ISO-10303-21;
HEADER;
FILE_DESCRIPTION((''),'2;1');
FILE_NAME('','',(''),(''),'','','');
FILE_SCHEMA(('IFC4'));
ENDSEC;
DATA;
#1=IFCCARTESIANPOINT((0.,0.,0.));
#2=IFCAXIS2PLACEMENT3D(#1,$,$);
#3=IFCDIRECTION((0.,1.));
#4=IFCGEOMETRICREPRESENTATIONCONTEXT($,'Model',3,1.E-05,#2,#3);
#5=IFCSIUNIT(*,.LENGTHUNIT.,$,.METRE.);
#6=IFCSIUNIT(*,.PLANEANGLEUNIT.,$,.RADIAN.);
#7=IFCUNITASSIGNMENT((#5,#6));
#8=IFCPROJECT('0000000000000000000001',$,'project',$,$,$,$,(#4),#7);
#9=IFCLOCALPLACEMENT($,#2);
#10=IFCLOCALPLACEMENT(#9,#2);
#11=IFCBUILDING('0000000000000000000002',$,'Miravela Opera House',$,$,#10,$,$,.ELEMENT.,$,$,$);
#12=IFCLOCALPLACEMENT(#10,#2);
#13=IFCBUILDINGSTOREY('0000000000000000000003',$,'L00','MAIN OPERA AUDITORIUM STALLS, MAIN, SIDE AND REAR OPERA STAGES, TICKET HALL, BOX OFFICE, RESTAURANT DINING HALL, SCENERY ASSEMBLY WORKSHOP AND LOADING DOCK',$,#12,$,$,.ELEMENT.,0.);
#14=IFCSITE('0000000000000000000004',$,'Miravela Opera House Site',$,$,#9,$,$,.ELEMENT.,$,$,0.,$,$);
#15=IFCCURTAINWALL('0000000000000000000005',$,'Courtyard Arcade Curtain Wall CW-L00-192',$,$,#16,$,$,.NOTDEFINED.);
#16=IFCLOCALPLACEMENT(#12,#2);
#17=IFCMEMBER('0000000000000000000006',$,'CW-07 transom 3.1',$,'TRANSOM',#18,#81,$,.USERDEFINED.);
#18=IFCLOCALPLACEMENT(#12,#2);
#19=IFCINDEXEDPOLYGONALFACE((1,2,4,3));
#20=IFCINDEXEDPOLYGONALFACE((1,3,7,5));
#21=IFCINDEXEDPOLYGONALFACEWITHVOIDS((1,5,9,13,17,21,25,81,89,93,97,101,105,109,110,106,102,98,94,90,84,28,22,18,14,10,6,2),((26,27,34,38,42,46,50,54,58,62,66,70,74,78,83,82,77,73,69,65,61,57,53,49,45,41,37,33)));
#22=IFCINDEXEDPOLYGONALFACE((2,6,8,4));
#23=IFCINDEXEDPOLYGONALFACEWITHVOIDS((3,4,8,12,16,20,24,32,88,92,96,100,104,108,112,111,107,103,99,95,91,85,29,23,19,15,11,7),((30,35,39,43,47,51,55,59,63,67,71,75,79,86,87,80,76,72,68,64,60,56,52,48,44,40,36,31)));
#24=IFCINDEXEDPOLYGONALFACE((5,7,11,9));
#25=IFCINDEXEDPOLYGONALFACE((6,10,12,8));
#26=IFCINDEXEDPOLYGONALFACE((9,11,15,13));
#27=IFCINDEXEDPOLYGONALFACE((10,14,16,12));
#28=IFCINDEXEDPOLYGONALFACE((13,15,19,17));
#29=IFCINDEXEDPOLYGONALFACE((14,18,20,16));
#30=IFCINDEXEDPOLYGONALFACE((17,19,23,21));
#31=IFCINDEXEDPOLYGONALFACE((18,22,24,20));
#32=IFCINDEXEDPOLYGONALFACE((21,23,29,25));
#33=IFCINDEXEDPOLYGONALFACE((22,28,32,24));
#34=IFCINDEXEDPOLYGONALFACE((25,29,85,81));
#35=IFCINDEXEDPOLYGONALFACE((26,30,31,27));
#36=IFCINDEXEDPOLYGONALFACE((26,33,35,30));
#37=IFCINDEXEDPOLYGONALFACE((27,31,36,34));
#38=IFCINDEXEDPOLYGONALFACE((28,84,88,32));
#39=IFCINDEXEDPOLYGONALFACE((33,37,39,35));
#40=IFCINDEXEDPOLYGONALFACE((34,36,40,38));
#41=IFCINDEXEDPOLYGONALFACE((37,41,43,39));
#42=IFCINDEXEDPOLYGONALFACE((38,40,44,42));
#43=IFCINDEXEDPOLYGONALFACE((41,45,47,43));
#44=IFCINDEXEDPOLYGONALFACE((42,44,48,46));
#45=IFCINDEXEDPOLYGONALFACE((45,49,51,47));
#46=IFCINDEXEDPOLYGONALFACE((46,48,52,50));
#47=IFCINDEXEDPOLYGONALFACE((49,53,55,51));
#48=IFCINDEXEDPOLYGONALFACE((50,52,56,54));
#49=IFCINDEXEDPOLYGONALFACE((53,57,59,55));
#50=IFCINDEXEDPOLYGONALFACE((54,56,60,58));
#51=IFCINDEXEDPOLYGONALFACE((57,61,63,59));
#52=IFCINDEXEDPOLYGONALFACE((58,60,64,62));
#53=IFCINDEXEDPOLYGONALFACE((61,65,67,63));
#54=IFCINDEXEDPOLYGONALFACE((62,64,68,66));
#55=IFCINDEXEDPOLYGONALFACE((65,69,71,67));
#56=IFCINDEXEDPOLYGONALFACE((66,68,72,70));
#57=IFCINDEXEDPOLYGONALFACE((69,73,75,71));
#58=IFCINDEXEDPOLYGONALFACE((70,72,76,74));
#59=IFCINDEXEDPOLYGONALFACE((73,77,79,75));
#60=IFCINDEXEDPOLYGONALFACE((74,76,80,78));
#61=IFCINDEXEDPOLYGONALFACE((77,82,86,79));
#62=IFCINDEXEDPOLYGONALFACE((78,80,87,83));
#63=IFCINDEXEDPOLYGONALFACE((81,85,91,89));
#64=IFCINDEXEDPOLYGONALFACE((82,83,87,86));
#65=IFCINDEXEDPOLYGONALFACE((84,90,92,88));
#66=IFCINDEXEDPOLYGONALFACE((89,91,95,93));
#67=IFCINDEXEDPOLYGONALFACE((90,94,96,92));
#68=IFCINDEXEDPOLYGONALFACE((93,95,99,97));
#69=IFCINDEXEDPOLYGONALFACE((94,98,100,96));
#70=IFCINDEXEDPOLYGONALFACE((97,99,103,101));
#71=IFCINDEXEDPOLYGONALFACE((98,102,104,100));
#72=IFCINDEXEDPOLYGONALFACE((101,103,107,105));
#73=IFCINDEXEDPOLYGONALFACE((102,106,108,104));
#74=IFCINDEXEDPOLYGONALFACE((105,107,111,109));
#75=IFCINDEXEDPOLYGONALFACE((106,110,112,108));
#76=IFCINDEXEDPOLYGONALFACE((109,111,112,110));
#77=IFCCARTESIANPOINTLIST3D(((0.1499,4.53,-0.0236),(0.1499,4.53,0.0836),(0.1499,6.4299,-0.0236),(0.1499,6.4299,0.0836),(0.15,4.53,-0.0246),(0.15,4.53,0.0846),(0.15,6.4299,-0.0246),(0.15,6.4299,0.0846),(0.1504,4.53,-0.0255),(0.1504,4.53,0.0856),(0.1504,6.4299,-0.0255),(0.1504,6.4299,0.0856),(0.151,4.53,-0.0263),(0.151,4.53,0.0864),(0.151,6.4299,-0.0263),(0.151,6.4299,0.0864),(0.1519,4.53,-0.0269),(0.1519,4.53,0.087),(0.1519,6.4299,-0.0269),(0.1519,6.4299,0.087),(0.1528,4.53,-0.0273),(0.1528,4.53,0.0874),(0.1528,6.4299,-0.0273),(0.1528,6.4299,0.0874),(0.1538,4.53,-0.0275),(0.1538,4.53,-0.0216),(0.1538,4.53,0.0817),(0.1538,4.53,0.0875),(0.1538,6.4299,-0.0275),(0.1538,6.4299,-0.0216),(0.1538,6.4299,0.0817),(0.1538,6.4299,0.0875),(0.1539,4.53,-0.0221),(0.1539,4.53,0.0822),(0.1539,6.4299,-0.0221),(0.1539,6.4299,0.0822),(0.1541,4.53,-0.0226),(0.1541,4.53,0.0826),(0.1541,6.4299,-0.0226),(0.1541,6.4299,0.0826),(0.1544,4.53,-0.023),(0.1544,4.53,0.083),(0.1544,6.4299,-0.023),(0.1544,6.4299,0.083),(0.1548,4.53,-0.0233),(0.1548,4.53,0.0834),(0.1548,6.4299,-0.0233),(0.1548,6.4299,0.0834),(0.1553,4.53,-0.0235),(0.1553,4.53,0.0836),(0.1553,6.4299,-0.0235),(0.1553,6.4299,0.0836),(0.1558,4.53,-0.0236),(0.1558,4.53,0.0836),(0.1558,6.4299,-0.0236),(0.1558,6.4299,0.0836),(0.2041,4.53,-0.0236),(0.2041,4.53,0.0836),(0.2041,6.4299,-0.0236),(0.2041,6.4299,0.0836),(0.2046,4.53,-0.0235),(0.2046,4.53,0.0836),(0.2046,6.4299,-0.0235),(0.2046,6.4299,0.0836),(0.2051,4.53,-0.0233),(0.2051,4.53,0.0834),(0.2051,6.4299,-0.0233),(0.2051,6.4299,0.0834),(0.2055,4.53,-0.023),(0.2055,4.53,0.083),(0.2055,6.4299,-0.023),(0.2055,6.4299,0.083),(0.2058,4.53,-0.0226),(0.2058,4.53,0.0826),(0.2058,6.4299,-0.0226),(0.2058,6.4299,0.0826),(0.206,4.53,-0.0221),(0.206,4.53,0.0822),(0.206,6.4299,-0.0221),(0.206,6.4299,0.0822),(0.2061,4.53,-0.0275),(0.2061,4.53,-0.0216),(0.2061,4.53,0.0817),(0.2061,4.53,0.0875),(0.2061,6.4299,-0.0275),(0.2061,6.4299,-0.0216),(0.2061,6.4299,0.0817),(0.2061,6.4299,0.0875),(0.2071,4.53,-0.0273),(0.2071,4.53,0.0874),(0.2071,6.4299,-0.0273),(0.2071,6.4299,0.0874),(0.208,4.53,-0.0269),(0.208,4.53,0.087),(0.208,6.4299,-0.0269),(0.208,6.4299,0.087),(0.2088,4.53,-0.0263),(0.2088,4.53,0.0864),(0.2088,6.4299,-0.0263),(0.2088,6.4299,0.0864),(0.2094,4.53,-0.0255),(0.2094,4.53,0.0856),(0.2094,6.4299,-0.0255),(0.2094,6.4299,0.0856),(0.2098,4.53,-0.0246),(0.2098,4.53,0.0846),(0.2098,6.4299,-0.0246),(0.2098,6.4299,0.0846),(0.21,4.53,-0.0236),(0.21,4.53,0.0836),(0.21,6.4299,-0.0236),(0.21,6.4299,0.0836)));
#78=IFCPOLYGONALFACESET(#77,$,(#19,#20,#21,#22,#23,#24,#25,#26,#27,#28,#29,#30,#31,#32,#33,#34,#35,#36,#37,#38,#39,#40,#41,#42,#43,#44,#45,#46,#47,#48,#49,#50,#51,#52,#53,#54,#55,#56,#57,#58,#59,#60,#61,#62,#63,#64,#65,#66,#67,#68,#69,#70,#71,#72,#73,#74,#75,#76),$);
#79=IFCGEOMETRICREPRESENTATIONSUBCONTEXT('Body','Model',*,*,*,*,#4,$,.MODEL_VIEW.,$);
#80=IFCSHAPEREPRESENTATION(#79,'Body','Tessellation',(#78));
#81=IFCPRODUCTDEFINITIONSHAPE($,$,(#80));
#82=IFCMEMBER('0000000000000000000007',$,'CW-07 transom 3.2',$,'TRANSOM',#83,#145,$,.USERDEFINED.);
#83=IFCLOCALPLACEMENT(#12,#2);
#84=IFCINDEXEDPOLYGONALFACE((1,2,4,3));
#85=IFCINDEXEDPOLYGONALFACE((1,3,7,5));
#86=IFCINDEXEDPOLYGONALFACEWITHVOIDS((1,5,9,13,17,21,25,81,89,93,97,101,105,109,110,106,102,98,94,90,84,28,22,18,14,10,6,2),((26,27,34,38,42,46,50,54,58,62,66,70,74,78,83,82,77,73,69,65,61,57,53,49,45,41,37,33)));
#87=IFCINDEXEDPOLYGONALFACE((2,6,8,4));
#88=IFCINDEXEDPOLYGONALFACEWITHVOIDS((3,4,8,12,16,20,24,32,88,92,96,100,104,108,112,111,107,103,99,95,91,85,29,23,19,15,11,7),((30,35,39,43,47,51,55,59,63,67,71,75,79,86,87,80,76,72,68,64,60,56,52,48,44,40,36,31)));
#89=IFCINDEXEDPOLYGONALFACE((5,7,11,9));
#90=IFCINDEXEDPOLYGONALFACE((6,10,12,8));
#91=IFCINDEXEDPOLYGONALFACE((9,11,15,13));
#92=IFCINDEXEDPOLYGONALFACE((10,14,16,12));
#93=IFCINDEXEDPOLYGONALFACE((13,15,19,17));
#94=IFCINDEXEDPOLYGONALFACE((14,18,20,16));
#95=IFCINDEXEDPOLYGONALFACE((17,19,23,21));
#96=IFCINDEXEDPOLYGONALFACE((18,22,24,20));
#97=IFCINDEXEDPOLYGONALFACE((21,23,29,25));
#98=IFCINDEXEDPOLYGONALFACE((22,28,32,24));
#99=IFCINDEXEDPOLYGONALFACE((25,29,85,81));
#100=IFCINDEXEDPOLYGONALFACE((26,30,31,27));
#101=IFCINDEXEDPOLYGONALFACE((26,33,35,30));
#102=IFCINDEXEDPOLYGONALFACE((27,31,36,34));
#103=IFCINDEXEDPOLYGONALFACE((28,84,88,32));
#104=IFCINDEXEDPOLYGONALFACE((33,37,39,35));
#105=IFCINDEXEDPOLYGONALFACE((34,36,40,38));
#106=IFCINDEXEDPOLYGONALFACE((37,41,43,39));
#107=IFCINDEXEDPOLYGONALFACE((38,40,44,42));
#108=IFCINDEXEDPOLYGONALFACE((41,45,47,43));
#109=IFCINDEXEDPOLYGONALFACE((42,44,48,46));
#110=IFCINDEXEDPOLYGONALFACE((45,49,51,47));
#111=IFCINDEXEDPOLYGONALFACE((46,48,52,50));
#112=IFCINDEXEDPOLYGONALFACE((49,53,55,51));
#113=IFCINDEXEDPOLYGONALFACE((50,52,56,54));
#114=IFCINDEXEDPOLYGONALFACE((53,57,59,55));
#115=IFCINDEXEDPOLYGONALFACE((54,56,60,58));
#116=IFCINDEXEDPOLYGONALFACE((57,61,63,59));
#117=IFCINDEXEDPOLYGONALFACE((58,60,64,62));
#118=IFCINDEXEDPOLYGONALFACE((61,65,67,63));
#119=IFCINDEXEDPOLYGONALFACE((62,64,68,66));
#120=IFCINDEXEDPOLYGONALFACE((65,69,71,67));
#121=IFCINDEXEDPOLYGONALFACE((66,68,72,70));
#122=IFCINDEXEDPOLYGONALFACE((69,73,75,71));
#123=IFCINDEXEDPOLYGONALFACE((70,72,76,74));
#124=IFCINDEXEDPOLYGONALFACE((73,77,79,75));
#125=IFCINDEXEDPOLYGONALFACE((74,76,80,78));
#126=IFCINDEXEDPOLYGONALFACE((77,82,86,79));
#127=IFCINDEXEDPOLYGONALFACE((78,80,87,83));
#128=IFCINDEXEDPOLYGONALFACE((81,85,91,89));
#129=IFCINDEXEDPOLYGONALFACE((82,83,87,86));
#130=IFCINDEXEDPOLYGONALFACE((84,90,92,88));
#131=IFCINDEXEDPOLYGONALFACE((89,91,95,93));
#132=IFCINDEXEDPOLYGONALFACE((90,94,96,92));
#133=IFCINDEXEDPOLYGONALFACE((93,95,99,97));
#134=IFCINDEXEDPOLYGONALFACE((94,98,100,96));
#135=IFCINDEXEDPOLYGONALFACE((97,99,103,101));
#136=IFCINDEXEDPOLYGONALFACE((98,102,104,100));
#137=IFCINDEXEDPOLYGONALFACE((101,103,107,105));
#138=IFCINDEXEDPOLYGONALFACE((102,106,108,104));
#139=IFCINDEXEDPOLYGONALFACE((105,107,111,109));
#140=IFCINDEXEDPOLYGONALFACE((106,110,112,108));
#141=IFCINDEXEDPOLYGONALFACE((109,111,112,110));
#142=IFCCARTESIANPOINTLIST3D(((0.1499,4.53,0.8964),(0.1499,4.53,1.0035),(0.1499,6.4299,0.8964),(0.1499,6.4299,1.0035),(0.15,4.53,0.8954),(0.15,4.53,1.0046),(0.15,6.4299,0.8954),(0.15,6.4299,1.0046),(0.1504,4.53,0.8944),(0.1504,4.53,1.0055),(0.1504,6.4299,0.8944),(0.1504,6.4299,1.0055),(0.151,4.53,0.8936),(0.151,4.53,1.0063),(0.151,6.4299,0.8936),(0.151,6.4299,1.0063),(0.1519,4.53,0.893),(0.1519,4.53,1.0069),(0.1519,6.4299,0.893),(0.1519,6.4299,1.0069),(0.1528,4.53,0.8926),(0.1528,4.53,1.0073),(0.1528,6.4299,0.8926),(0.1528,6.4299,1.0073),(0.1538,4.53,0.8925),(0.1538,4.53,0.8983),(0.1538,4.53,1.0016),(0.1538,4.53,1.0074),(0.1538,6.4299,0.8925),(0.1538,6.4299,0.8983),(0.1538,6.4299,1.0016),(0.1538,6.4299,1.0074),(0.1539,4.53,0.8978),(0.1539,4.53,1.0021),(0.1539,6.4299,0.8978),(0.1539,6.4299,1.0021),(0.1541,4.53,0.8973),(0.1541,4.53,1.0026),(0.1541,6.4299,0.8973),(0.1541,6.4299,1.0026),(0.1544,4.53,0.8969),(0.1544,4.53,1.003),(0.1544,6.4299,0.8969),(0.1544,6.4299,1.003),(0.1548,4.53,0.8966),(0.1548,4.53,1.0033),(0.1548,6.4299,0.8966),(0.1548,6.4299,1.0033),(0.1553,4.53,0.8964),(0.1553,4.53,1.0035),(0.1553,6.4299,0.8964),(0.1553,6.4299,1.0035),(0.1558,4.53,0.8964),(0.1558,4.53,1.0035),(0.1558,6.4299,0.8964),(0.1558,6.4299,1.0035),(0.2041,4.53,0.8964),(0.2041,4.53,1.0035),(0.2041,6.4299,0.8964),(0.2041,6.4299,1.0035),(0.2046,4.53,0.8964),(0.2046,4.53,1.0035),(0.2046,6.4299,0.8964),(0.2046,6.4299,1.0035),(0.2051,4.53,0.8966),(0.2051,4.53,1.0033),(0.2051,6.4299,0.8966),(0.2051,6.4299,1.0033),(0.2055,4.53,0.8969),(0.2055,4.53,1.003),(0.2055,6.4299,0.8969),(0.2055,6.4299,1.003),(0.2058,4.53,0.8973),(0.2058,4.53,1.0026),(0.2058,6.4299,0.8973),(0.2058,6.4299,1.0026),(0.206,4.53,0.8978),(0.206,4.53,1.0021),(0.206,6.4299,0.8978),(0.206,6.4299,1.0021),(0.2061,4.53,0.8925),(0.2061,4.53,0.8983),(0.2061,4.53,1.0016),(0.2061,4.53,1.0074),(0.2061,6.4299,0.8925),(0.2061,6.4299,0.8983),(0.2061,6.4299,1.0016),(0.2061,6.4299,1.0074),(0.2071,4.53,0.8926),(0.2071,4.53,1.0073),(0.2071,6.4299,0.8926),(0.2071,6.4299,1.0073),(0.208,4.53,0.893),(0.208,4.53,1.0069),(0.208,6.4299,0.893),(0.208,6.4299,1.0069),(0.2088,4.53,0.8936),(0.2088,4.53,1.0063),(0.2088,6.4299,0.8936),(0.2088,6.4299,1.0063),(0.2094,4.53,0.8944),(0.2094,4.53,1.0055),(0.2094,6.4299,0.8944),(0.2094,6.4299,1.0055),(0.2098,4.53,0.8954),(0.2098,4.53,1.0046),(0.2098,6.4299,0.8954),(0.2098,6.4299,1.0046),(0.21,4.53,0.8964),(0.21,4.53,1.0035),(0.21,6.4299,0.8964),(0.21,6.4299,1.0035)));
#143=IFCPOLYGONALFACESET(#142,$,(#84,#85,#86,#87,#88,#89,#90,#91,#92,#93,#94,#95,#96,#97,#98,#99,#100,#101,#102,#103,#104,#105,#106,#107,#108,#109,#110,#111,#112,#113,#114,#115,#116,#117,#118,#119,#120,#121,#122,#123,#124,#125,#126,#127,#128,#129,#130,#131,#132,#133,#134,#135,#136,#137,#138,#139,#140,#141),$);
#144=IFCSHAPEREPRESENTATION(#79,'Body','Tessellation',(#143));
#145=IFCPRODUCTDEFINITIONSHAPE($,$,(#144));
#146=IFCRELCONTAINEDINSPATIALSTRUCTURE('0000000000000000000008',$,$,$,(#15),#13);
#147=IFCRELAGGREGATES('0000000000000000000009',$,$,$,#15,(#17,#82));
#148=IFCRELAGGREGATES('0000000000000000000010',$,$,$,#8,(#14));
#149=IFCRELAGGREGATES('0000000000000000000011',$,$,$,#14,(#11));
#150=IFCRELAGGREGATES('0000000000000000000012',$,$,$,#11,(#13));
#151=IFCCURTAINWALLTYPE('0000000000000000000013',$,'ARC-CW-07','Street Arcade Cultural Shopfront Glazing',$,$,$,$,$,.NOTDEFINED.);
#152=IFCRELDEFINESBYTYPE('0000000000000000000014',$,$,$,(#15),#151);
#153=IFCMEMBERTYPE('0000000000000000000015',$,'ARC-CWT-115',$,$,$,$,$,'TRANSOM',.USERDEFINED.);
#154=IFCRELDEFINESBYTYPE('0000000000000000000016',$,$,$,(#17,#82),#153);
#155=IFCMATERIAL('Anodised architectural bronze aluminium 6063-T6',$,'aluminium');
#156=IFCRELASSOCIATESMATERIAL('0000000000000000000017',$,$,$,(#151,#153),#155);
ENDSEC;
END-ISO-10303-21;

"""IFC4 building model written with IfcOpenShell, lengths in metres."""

from ifc_helpers import new_model, si_unit, direction, frame, origin, origin_2d, place, context, subcontext, project, spatial, hollow_rectangle, extrude, material, material_profile, profile_set, type_object, element, aggregate, save


model = new_model("IFC4")

# Units and contexts
model_context = context("Model", 3, precision=1e-05, world=origin(), true_north=direction((0.0, 1.0)))
body_context = subcontext(model_context, "Body", "Model", "MODEL_VIEW")
ifc_project = project(units=[si_unit("LENGTHUNIT", "METRE"), si_unit("PLANEANGLEUNIT", "RADIAN")], contexts=[model_context])

# Site, building, storey
site_placement = place(None, origin())
site = spatial("IfcSite", under=ifc_project, at=site_placement, Name="Miravela Opera House Site", CompositionType="ELEMENT", RefElevation=0.0)
building_placement = place(site_placement, origin())
building = spatial("IfcBuilding", under=site, at=building_placement, Name="Miravela Opera House", CompositionType="ELEMENT")
storey_placement = place(building_placement, origin())
storey = spatial("IfcBuildingStorey", under=building, at=storey_placement, Name="L00", Description="MAIN OPERA AUDITORIUM STALLS, MAIN, SIDE AND REAR OPERA STAGES, TICKET HALL, BOX OFFICE, RESTAURANT DINING HALL, SCENERY ASSEMBLY WORKSHOP AND LOADING DOCK", CompositionType="ELEMENT", Elevation=0.0)

# Curtain wall, members
ifc_material_1 = material(Name="Anodised architectural bronze aluminium 6063-T6", Category="aluminium")
curtain_wall_type = type_object("IfcCurtainWallType", Name="ARC-CW-07", Description="Street Arcade Cultural Shopfront Glazing", PredefinedType="NOTDEFINED", material=ifc_material_1)
curtain_wall_placement = place(storey_placement, origin())
curtain_wall = element("IfcCurtainWall", 1, at=curtain_wall_placement, inside=storey, type_object=curtain_wall_type, Name="Courtyard Arcade Curtain Wall CW-L00-192", PredefinedType="NOTDEFINED")
ifc_material_profile_1 = material_profile(ifc_material_1, hollow_rectangle(XDim=0.0601, YDim=0.115, WallThickness=0.0039, InnerFilletRadius=0.002, OuterFilletRadius=0.0039, at=origin_2d()), Name="CWT-60X115")
ifc_profile_set_1 = profile_set([ifc_material_profile_1])
member_type_1 = type_object("IfcMemberType", Name="ARC-CWT-115", ElementType="TRANSOM", PredefinedType="USERDEFINED", material=ifc_profile_set_1)
member_1_placement = place(storey_placement, frame((0.1799, 4.53, 0.03), z_axis=(0.0, 1.0, 0.0), x_axis=(-1.0, 0.0, 0.0)))
member_1 = element("IfcMember", 2, at=member_1_placement, type_object=member_type_1, Name="CW-07 transom 3.1", ObjectType="TRANSOM", PredefinedType="USERDEFINED", context=body_context, shape_type="SweptSolid", body=[
    extrude(hollow_rectangle(XDim=0.0601, YDim=0.115, WallThickness=0.0039, InnerFilletRadius=0.002, OuterFilletRadius=0.0039, at=origin_2d()), origin(), (0.0, 0.0, 1.0), 1.8999),
])
member_2_placement = place(storey_placement, frame((0.1799, 4.53, 0.95), z_axis=(0.0, 1.0, 0.0), x_axis=(-1.0, 0.0, 0.0)))
member_2 = element("IfcMember", 3, at=member_2_placement, type_object=member_type_1, Name="CW-07 transom 3.2", ObjectType="TRANSOM", PredefinedType="USERDEFINED", context=body_context, shape_type="SweptSolid", body=[
    extrude(hollow_rectangle(XDim=0.0601, YDim=0.115, WallThickness=0.0039, InnerFilletRadius=0.002, OuterFilletRadius=0.0039, at=origin_2d()), origin(), (0.0, 0.0, 1.0), 1.8999),
])

aggregate(curtain_wall, [member_1, member_2])

save(model, "model.ifc")
